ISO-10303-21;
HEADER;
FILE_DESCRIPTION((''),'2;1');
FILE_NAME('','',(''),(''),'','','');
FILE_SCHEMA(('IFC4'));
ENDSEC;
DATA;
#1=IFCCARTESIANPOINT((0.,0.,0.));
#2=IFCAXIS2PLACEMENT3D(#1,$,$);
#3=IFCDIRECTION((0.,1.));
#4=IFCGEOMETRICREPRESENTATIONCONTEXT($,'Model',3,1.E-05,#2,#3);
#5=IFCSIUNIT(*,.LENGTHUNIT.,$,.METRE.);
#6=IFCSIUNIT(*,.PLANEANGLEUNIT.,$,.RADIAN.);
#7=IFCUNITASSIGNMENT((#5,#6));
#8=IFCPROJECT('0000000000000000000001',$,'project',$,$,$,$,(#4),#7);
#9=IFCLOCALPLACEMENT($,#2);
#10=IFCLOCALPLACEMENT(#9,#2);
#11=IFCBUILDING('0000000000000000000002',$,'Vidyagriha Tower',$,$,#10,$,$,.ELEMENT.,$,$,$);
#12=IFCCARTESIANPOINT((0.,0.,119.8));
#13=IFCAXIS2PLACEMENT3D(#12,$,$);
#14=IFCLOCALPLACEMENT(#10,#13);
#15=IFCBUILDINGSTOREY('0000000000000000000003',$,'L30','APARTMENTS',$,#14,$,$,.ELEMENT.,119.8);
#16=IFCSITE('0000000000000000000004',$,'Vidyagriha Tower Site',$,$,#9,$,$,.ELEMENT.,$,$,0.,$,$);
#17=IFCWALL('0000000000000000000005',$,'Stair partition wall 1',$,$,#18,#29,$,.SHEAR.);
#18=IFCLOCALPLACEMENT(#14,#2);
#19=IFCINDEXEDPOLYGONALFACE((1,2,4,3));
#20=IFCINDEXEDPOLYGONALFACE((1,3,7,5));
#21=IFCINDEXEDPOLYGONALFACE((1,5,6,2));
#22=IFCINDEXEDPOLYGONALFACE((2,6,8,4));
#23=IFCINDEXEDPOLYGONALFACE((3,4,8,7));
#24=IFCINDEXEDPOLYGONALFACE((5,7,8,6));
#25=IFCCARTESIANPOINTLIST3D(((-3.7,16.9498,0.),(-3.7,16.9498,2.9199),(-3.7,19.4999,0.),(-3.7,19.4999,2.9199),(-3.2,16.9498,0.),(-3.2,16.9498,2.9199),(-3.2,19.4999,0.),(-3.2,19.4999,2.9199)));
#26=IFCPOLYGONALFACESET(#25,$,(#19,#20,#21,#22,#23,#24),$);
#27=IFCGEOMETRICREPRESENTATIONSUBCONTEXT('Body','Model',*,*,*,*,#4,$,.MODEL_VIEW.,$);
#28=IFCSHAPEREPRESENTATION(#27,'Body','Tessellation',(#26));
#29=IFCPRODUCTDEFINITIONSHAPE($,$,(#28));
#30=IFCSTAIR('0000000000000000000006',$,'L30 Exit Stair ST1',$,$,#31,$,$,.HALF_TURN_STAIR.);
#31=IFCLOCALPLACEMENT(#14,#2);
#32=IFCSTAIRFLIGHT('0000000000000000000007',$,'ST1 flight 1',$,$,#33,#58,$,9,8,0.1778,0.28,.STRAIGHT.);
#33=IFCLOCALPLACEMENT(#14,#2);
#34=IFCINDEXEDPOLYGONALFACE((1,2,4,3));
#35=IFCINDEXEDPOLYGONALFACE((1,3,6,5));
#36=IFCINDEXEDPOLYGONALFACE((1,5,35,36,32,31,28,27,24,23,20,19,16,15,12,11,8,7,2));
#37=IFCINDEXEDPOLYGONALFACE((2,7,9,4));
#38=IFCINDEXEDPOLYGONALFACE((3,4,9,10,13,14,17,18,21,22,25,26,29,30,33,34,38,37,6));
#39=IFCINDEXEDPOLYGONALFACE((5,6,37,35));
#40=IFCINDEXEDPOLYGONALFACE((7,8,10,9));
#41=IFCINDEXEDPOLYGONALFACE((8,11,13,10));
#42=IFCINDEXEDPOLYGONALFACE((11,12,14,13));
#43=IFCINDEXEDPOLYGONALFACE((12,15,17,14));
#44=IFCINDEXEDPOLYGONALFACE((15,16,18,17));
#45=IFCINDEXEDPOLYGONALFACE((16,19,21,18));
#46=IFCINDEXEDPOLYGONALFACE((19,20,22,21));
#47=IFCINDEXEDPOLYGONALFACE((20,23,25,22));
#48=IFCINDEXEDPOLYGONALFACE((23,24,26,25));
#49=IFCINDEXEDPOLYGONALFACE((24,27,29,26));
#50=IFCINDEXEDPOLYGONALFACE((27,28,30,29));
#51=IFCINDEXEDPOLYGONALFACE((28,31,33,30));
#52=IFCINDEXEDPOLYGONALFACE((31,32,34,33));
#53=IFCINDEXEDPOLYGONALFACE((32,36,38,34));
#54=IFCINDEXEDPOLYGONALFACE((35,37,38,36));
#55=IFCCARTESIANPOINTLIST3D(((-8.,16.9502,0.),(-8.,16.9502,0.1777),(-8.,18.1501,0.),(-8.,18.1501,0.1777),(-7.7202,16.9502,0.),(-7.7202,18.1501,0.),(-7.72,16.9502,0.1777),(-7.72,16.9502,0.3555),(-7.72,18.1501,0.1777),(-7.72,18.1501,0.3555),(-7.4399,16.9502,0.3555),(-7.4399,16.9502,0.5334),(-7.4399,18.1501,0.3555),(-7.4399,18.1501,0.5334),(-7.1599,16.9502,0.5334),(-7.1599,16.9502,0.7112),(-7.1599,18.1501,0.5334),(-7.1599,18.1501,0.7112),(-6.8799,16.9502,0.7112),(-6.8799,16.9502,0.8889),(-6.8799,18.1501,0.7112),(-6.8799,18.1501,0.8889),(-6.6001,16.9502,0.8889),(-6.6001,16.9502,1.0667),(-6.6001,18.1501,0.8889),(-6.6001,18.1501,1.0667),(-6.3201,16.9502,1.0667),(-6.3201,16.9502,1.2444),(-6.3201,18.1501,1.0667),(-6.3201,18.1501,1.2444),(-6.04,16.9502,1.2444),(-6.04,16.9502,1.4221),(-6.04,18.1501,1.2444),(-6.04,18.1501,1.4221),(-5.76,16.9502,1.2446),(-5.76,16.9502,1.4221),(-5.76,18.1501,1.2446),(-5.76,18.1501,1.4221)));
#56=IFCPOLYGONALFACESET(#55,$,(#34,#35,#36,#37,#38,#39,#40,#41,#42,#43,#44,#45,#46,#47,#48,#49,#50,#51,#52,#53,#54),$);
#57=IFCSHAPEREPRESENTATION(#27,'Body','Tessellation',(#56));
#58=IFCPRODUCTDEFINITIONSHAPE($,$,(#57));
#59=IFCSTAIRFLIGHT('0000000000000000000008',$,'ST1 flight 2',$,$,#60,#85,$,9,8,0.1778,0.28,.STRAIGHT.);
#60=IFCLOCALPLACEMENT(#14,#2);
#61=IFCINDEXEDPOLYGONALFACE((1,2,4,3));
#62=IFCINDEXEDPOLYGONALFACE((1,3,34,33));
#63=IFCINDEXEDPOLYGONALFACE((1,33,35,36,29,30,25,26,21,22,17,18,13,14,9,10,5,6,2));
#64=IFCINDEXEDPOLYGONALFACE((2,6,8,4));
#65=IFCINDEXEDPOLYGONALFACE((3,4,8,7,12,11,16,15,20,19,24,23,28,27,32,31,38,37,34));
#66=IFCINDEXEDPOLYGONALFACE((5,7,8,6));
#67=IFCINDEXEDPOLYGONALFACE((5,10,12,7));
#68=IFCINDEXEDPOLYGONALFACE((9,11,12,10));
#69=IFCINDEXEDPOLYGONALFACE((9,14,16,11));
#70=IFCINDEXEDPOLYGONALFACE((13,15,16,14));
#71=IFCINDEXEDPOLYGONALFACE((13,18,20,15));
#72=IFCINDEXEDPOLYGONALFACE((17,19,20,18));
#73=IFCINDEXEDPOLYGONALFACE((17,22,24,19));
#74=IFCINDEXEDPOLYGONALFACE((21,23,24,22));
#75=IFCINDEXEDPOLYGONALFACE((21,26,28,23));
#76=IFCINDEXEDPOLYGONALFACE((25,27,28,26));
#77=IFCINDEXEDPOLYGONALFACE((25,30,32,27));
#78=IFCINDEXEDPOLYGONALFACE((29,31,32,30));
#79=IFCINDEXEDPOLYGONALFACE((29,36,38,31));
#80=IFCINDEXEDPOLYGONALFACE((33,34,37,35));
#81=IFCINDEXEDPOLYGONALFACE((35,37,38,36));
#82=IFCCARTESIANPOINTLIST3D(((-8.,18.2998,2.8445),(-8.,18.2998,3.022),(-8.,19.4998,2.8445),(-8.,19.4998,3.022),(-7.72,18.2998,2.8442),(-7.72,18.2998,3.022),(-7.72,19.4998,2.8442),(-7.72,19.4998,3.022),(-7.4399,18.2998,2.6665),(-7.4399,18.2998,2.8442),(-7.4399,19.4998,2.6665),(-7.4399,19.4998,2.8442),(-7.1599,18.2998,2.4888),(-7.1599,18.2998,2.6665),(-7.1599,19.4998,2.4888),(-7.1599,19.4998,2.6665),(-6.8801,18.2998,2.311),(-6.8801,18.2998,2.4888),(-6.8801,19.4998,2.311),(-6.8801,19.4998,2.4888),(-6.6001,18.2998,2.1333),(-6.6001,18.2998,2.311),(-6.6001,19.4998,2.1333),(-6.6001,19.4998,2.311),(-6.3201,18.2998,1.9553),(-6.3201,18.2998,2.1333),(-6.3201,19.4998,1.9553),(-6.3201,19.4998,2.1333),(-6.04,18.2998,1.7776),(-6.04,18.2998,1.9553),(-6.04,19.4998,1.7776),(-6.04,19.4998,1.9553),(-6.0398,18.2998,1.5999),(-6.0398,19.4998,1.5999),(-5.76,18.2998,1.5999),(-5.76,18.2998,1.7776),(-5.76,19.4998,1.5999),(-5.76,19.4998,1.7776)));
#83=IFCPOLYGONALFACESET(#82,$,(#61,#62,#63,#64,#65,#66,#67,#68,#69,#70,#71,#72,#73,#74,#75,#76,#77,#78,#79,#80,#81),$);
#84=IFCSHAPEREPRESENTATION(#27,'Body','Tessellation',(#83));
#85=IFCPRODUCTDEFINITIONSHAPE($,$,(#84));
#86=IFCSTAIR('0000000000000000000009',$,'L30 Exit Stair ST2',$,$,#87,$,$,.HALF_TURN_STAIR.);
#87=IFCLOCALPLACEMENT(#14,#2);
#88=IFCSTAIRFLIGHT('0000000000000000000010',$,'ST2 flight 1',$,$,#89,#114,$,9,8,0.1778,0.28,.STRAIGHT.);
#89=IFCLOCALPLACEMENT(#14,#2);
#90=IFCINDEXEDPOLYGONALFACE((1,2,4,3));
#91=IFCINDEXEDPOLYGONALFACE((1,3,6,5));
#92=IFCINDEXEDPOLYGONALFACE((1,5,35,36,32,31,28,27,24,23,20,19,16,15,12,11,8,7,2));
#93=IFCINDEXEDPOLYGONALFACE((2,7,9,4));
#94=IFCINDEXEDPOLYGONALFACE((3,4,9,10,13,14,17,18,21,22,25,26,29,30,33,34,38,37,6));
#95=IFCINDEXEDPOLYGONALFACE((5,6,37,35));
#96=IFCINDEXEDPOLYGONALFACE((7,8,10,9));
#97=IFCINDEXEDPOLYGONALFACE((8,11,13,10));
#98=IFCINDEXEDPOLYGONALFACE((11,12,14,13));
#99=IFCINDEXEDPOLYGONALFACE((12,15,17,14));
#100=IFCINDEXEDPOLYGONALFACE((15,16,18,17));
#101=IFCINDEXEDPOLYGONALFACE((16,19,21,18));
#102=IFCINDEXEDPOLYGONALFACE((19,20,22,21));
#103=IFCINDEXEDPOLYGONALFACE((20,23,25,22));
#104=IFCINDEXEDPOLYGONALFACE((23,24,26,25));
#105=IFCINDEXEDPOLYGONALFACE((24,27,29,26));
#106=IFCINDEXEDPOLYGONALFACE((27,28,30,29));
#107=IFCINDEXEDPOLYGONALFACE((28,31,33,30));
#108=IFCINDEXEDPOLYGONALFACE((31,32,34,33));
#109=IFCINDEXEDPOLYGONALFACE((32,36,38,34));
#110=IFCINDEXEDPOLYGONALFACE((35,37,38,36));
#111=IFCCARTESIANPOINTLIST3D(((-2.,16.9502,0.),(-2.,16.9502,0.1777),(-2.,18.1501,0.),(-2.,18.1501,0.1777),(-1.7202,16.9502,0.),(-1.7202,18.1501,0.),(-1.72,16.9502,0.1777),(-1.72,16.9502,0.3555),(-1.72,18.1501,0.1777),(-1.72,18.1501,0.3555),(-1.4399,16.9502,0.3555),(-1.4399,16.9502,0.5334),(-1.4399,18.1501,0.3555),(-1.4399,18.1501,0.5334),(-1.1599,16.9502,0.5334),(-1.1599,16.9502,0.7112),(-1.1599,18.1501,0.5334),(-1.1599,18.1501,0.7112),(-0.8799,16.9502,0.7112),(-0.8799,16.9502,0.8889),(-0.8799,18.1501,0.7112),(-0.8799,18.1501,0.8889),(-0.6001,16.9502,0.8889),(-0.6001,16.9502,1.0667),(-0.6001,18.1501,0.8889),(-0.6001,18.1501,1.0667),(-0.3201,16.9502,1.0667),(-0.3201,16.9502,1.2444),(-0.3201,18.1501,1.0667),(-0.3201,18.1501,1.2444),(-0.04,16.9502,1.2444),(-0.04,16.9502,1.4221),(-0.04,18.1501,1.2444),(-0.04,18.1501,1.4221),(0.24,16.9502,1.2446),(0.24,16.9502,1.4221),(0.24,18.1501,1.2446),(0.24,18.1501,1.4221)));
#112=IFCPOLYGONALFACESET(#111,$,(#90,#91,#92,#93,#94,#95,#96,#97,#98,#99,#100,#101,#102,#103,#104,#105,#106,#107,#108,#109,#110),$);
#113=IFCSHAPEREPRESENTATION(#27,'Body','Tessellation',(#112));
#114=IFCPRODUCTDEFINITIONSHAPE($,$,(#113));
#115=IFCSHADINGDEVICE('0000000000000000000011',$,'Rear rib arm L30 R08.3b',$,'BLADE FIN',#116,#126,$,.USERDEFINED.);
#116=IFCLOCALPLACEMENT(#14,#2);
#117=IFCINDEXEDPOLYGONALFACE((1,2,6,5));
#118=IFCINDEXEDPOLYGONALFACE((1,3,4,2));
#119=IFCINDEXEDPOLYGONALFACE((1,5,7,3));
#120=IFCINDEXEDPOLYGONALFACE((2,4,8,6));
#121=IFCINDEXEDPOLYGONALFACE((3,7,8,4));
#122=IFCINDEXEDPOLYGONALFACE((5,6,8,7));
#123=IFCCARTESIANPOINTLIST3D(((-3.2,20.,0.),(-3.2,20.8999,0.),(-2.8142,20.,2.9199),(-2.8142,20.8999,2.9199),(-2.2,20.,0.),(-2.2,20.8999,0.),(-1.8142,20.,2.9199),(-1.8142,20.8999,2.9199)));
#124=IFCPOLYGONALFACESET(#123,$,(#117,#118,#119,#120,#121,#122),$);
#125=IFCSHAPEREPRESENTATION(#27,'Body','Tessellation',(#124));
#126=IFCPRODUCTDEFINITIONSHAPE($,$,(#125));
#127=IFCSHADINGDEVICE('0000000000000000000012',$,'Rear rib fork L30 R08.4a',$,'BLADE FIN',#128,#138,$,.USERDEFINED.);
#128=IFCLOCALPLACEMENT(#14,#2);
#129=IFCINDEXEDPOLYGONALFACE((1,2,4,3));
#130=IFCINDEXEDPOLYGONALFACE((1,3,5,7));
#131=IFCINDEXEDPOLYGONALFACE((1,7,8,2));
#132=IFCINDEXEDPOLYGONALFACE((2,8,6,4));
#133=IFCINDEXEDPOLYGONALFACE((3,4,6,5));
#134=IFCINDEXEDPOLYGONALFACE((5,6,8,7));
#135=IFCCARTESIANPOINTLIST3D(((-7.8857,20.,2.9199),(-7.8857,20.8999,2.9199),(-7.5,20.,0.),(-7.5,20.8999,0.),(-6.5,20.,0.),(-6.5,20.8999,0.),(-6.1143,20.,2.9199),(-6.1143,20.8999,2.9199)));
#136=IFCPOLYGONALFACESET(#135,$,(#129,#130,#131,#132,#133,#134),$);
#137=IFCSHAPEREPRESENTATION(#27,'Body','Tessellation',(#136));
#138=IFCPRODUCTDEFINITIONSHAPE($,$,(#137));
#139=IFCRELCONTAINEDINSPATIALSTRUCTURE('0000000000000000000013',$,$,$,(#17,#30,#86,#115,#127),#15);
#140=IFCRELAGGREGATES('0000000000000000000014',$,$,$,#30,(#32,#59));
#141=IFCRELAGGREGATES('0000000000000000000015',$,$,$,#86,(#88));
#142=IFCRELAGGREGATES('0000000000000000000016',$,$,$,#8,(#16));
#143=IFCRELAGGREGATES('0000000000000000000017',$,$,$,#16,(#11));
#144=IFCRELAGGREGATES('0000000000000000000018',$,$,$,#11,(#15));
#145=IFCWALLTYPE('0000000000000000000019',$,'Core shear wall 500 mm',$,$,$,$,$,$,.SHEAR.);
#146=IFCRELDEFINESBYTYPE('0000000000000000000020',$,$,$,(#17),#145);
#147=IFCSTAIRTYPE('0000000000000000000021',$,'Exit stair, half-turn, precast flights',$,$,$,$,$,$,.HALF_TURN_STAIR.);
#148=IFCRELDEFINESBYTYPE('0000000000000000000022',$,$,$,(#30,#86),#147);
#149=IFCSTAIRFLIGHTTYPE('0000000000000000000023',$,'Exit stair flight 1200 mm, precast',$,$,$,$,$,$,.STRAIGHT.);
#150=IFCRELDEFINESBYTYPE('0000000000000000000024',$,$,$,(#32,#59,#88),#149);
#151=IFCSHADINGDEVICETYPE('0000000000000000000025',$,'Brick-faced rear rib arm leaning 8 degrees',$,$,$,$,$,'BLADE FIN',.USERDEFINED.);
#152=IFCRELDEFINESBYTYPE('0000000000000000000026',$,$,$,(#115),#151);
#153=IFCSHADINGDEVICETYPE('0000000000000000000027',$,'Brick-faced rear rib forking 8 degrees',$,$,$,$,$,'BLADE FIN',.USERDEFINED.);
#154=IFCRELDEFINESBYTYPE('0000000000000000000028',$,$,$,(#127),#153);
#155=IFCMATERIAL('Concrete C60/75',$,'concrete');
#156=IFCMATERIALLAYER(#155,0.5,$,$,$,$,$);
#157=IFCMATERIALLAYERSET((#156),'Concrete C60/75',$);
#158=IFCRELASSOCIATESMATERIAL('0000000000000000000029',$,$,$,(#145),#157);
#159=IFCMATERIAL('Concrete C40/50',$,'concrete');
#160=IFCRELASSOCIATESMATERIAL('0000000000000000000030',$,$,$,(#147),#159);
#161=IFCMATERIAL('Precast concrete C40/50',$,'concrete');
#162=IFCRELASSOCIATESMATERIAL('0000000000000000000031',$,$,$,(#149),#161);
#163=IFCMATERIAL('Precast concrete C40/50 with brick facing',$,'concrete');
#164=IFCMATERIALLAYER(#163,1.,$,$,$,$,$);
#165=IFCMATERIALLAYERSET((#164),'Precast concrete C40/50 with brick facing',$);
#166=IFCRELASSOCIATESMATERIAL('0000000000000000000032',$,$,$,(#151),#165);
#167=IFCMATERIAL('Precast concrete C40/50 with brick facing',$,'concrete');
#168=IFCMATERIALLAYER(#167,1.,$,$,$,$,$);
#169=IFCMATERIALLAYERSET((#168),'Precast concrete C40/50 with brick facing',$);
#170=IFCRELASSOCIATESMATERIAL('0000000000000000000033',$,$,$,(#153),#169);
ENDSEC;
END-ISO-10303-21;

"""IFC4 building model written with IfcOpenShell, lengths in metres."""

from ifc_helpers import new_model, si_unit, direction, frame, frame_2d, origin, place, context, subcontext, project, spatial, polyline, rectangle, outline, extrude, material, layer, layer_set, type_object, element, aggregate, save


model = new_model("IFC4")

# Units and contexts
model_context = context("Model", 3, precision=1e-05, world=origin(), true_north=direction((0.0, 1.0)))
body_context = subcontext(model_context, "Body", "Model", "MODEL_VIEW")
ifc_project = project(units=[si_unit("LENGTHUNIT", "METRE"), si_unit("PLANEANGLEUNIT", "RADIAN")], contexts=[model_context])

# Site, building, storey
site_placement = place(None, origin())
site = spatial("IfcSite", under=ifc_project, at=site_placement, Name="Vidyagriha Tower Site", CompositionType="ELEMENT", RefElevation=0.0)
building_placement = place(site_placement, origin())
building = spatial("IfcBuilding", under=site, at=building_placement, Name="Vidyagriha Tower", CompositionType="ELEMENT")
storey_placement = place(building_placement, frame((0.0, 0.0, 119.8)))
storey = spatial("IfcBuildingStorey", under=building, at=storey_placement, Name="L30", Description="APARTMENTS", CompositionType="ELEMENT", Elevation=119.8)

# Wall
ifc_material_1 = material(Name="Concrete C60/75", Category="concrete")
ifc_layer_1 = layer(ifc_material_1, 0.5)
ifc_layer_set_1 = layer_set([ifc_layer_1], Name="Concrete C60/75")
wall_type_1 = type_object("IfcWallType", Name="Core shear wall 500 mm", PredefinedType="SHEAR", material=ifc_layer_set_1)
wall_1_placement = place(storey_placement, frame((-3.45, 16.95, 0.0), z_axis=(0.0, 0.0, 1.0), x_axis=(0.0, 1.0, 0.0)))
element("IfcWall", 1, at=wall_1_placement, inside=storey, type_object=wall_type_1, Name="Stair partition wall 1", PredefinedType="SHEAR", context=body_context, shape_type="SweptSolid", body=[
    extrude(rectangle(XDim=2.55, YDim=0.5, at=frame_2d((1.2749, 0.0))), origin(), (0.0, 0.0, 1.0), 2.9199),
])

# Stair, stair flights
ifc_material_2 = material(Name="Concrete C40/50", Category="concrete")
stair_type = type_object("IfcStairType", Name="Exit stair, half-turn, precast flights", PredefinedType="HALF_TURN_STAIR", material=ifc_material_2)
stair_1_placement = place(storey_placement, origin())
stair_1 = element("IfcStair", 2, at=stair_1_placement, inside=storey, type_object=stair_type, Name="L30 Exit Stair ST1", PredefinedType="HALF_TURN_STAIR")
ifc_material_3 = material(Name="Precast concrete C40/50", Category="concrete")
stair_flight_type = type_object("IfcStairFlightType", Name="Exit stair flight 1200 mm, precast", PredefinedType="STRAIGHT", material=ifc_material_3)
stair_flight_1_placement = place(storey_placement, frame((-8.0, 17.55, 0.0)))
stair_flight_1 = element("IfcStairFlight", 3, at=stair_flight_1_placement, type_object=stair_flight_type, Name="ST1 flight 1", NumberOfRisers=9, NumberOfTreads=8, PredefinedType="STRAIGHT", RiserHeight=0.1778, TreadLength=0.28, context=body_context, shape_type="SweptSolid", body=[
    extrude(outline(polyline([(0.0, 0.0), (0.0, 0.1777), (0.28, 0.1777), (0.28, 0.3555), (0.5601, 0.3555), (0.5601, 0.5334), (0.8401, 0.5334), (0.8401, 0.7112), (1.1201, 0.7112), (1.1201, 0.8889), (1.3999, 0.8889), (1.3999, 1.0667), (1.6799, 1.0667), (1.6799, 1.2444), (1.96, 1.2444), (1.96, 1.4221), (2.24, 1.4221), (2.24, 1.6001), (2.24, 1.2446), (0.2798, 0.0), (0.0, 0.0)])), frame((0.0, 0.6001, 0.0), z_axis=(0.0, -1.0, 0.0), x_axis=(1.0, 0.0, 0.0)), (0.0, 0.0, 1.0), 1.2),
])
stair_flight_2_placement = place(storey_placement, frame((-5.76, 18.8999, 1.5999), z_axis=(0.0, 0.0, 1.0), x_axis=(-1.0, 0.0, 0.0)))
stair_flight_2 = element("IfcStairFlight", 4, at=stair_flight_2_placement, type_object=stair_flight_type, Name="ST1 flight 2", NumberOfRisers=9, NumberOfTreads=8, PredefinedType="STRAIGHT", RiserHeight=0.1778, TreadLength=0.28, context=body_context, shape_type="SweptSolid", body=[
    extrude(outline(polyline([(0.0, 0.0), (0.0, 0.1777), (0.28, 0.1777), (0.28, 0.3555), (0.5601, 0.3555), (0.5601, 0.5334), (0.8401, 0.5334), (0.8401, 0.7112), (1.1201, 0.7112), (1.1201, 0.8889), (1.3999, 0.8889), (1.3999, 1.0667), (1.6799, 1.0667), (1.6799, 1.2444), (1.96, 1.2444), (1.96, 1.4221), (2.24, 1.4221), (2.24, 1.6001), (2.24, 1.2446), (0.2798, 0.0), (0.0, 0.0)])), frame((0.0, 0.6001, 0.0), z_axis=(0.0, -1.0, 0.0), x_axis=(1.0, 0.0, 0.0)), (0.0, 0.0, 1.0), 1.2),
])
aggregate(stair_1, [stair_flight_1, stair_flight_2])

# Stair, stair flight
stair_2_placement = place(storey_placement, origin())
stair_2 = element("IfcStair", 5, at=stair_2_placement, inside=storey, type_object=stair_type, Name="L30 Exit Stair ST2", PredefinedType="HALF_TURN_STAIR")
stair_flight_3_placement = place(storey_placement, frame((-2.0, 17.55, 0.0)))
stair_flight_3 = element("IfcStairFlight", 6, at=stair_flight_3_placement, type_object=stair_flight_type, Name="ST2 flight 1", NumberOfRisers=9, NumberOfTreads=8, PredefinedType="STRAIGHT", RiserHeight=0.1778, TreadLength=0.28, context=body_context, shape_type="SweptSolid", body=[
    extrude(outline(polyline([(0.0, 0.0), (0.0, 0.1777), (0.28, 0.1777), (0.28, 0.3555), (0.5601, 0.3555), (0.5601, 0.5334), (0.8401, 0.5334), (0.8401, 0.7112), (1.1201, 0.7112), (1.1201, 0.8889), (1.3999, 0.8889), (1.3999, 1.0667), (1.6799, 1.0667), (1.6799, 1.2444), (1.96, 1.2444), (1.96, 1.4221), (2.24, 1.4221), (2.24, 1.6001), (2.24, 1.2446), (0.2798, 0.0), (0.0, 0.0)])), frame((0.0, 0.6001, 0.0), z_axis=(0.0, -1.0, 0.0), x_axis=(1.0, 0.0, 0.0)), (0.0, 0.0, 1.0), 1.2),
])
aggregate(stair_2, [stair_flight_3])

# Shading devices
ifc_material_4 = material(Name="Precast concrete C40/50 with brick facing", Category="concrete")
ifc_layer_2 = layer(ifc_material_4, 1.0)
ifc_layer_set_2 = layer_set([ifc_layer_2], Name="Precast concrete C40/50 with brick facing")
shading_device_type_1 = type_object("IfcShadingDeviceType", Name="Brick-faced rear rib arm leaning 8 degrees", ElementType="BLADE FIN", PredefinedType="USERDEFINED", material=ifc_layer_set_2)
shading_device_1_placement = place(storey_placement, frame((-1.8142, 20.45, 0.0), z_axis=(0.0, 0.0, 1.0), x_axis=(-1.0, 0.0, 0.0)))
element("IfcShadingDevice", 7, at=shading_device_1_placement, inside=storey, type_object=shading_device_type_1, Name="Rear rib arm L30 R08.3b", ObjectType="BLADE FIN", PredefinedType="USERDEFINED", context=body_context, shape_type="SweptSolid", body=[
    extrude(outline(polyline([(0.3857, 0.0), (1.3857, 0.0), (1.0, 2.9199), (0.0, 2.9199), (0.3857, 0.0)])), frame((0.0, 0.45, 0.0), z_axis=(0.0, -1.0, 0.0), x_axis=(1.0, 0.0, 0.0)), (0.0, 0.0, 1.0), 0.8999),
])
ifc_material_5 = material(Name="Precast concrete C40/50 with brick facing", Category="concrete")
ifc_layer_3 = layer(ifc_material_5, 1.0)
ifc_layer_set_3 = layer_set([ifc_layer_3], Name="Precast concrete C40/50 with brick facing")
shading_device_type_2 = type_object("IfcShadingDeviceType", Name="Brick-faced rear rib forking 8 degrees", ElementType="BLADE FIN", PredefinedType="USERDEFINED", material=ifc_layer_set_3)
shading_device_2_placement = place(storey_placement, frame((-6.1143, 20.45, 0.0), z_axis=(0.0, 0.0, 1.0), x_axis=(-1.0, 0.0, 0.0)))
element("IfcShadingDevice", 8, at=shading_device_2_placement, inside=storey, type_object=shading_device_type_2, Name="Rear rib fork L30 R08.4a", ObjectType="BLADE FIN", PredefinedType="USERDEFINED", context=body_context, shape_type="SweptSolid", body=[
    extrude(outline(polyline([(0.3857, 0.0), (1.3857, 0.0), (1.7715, 2.9199), (0.0, 2.9199), (0.3857, 0.0)])), frame((0.0, 0.45, 0.0), z_axis=(0.0, -1.0, 0.0), x_axis=(1.0, 0.0, 0.0)), (0.0, 0.0, 1.0), 0.8999),
])

save(model, "model.ifc")
